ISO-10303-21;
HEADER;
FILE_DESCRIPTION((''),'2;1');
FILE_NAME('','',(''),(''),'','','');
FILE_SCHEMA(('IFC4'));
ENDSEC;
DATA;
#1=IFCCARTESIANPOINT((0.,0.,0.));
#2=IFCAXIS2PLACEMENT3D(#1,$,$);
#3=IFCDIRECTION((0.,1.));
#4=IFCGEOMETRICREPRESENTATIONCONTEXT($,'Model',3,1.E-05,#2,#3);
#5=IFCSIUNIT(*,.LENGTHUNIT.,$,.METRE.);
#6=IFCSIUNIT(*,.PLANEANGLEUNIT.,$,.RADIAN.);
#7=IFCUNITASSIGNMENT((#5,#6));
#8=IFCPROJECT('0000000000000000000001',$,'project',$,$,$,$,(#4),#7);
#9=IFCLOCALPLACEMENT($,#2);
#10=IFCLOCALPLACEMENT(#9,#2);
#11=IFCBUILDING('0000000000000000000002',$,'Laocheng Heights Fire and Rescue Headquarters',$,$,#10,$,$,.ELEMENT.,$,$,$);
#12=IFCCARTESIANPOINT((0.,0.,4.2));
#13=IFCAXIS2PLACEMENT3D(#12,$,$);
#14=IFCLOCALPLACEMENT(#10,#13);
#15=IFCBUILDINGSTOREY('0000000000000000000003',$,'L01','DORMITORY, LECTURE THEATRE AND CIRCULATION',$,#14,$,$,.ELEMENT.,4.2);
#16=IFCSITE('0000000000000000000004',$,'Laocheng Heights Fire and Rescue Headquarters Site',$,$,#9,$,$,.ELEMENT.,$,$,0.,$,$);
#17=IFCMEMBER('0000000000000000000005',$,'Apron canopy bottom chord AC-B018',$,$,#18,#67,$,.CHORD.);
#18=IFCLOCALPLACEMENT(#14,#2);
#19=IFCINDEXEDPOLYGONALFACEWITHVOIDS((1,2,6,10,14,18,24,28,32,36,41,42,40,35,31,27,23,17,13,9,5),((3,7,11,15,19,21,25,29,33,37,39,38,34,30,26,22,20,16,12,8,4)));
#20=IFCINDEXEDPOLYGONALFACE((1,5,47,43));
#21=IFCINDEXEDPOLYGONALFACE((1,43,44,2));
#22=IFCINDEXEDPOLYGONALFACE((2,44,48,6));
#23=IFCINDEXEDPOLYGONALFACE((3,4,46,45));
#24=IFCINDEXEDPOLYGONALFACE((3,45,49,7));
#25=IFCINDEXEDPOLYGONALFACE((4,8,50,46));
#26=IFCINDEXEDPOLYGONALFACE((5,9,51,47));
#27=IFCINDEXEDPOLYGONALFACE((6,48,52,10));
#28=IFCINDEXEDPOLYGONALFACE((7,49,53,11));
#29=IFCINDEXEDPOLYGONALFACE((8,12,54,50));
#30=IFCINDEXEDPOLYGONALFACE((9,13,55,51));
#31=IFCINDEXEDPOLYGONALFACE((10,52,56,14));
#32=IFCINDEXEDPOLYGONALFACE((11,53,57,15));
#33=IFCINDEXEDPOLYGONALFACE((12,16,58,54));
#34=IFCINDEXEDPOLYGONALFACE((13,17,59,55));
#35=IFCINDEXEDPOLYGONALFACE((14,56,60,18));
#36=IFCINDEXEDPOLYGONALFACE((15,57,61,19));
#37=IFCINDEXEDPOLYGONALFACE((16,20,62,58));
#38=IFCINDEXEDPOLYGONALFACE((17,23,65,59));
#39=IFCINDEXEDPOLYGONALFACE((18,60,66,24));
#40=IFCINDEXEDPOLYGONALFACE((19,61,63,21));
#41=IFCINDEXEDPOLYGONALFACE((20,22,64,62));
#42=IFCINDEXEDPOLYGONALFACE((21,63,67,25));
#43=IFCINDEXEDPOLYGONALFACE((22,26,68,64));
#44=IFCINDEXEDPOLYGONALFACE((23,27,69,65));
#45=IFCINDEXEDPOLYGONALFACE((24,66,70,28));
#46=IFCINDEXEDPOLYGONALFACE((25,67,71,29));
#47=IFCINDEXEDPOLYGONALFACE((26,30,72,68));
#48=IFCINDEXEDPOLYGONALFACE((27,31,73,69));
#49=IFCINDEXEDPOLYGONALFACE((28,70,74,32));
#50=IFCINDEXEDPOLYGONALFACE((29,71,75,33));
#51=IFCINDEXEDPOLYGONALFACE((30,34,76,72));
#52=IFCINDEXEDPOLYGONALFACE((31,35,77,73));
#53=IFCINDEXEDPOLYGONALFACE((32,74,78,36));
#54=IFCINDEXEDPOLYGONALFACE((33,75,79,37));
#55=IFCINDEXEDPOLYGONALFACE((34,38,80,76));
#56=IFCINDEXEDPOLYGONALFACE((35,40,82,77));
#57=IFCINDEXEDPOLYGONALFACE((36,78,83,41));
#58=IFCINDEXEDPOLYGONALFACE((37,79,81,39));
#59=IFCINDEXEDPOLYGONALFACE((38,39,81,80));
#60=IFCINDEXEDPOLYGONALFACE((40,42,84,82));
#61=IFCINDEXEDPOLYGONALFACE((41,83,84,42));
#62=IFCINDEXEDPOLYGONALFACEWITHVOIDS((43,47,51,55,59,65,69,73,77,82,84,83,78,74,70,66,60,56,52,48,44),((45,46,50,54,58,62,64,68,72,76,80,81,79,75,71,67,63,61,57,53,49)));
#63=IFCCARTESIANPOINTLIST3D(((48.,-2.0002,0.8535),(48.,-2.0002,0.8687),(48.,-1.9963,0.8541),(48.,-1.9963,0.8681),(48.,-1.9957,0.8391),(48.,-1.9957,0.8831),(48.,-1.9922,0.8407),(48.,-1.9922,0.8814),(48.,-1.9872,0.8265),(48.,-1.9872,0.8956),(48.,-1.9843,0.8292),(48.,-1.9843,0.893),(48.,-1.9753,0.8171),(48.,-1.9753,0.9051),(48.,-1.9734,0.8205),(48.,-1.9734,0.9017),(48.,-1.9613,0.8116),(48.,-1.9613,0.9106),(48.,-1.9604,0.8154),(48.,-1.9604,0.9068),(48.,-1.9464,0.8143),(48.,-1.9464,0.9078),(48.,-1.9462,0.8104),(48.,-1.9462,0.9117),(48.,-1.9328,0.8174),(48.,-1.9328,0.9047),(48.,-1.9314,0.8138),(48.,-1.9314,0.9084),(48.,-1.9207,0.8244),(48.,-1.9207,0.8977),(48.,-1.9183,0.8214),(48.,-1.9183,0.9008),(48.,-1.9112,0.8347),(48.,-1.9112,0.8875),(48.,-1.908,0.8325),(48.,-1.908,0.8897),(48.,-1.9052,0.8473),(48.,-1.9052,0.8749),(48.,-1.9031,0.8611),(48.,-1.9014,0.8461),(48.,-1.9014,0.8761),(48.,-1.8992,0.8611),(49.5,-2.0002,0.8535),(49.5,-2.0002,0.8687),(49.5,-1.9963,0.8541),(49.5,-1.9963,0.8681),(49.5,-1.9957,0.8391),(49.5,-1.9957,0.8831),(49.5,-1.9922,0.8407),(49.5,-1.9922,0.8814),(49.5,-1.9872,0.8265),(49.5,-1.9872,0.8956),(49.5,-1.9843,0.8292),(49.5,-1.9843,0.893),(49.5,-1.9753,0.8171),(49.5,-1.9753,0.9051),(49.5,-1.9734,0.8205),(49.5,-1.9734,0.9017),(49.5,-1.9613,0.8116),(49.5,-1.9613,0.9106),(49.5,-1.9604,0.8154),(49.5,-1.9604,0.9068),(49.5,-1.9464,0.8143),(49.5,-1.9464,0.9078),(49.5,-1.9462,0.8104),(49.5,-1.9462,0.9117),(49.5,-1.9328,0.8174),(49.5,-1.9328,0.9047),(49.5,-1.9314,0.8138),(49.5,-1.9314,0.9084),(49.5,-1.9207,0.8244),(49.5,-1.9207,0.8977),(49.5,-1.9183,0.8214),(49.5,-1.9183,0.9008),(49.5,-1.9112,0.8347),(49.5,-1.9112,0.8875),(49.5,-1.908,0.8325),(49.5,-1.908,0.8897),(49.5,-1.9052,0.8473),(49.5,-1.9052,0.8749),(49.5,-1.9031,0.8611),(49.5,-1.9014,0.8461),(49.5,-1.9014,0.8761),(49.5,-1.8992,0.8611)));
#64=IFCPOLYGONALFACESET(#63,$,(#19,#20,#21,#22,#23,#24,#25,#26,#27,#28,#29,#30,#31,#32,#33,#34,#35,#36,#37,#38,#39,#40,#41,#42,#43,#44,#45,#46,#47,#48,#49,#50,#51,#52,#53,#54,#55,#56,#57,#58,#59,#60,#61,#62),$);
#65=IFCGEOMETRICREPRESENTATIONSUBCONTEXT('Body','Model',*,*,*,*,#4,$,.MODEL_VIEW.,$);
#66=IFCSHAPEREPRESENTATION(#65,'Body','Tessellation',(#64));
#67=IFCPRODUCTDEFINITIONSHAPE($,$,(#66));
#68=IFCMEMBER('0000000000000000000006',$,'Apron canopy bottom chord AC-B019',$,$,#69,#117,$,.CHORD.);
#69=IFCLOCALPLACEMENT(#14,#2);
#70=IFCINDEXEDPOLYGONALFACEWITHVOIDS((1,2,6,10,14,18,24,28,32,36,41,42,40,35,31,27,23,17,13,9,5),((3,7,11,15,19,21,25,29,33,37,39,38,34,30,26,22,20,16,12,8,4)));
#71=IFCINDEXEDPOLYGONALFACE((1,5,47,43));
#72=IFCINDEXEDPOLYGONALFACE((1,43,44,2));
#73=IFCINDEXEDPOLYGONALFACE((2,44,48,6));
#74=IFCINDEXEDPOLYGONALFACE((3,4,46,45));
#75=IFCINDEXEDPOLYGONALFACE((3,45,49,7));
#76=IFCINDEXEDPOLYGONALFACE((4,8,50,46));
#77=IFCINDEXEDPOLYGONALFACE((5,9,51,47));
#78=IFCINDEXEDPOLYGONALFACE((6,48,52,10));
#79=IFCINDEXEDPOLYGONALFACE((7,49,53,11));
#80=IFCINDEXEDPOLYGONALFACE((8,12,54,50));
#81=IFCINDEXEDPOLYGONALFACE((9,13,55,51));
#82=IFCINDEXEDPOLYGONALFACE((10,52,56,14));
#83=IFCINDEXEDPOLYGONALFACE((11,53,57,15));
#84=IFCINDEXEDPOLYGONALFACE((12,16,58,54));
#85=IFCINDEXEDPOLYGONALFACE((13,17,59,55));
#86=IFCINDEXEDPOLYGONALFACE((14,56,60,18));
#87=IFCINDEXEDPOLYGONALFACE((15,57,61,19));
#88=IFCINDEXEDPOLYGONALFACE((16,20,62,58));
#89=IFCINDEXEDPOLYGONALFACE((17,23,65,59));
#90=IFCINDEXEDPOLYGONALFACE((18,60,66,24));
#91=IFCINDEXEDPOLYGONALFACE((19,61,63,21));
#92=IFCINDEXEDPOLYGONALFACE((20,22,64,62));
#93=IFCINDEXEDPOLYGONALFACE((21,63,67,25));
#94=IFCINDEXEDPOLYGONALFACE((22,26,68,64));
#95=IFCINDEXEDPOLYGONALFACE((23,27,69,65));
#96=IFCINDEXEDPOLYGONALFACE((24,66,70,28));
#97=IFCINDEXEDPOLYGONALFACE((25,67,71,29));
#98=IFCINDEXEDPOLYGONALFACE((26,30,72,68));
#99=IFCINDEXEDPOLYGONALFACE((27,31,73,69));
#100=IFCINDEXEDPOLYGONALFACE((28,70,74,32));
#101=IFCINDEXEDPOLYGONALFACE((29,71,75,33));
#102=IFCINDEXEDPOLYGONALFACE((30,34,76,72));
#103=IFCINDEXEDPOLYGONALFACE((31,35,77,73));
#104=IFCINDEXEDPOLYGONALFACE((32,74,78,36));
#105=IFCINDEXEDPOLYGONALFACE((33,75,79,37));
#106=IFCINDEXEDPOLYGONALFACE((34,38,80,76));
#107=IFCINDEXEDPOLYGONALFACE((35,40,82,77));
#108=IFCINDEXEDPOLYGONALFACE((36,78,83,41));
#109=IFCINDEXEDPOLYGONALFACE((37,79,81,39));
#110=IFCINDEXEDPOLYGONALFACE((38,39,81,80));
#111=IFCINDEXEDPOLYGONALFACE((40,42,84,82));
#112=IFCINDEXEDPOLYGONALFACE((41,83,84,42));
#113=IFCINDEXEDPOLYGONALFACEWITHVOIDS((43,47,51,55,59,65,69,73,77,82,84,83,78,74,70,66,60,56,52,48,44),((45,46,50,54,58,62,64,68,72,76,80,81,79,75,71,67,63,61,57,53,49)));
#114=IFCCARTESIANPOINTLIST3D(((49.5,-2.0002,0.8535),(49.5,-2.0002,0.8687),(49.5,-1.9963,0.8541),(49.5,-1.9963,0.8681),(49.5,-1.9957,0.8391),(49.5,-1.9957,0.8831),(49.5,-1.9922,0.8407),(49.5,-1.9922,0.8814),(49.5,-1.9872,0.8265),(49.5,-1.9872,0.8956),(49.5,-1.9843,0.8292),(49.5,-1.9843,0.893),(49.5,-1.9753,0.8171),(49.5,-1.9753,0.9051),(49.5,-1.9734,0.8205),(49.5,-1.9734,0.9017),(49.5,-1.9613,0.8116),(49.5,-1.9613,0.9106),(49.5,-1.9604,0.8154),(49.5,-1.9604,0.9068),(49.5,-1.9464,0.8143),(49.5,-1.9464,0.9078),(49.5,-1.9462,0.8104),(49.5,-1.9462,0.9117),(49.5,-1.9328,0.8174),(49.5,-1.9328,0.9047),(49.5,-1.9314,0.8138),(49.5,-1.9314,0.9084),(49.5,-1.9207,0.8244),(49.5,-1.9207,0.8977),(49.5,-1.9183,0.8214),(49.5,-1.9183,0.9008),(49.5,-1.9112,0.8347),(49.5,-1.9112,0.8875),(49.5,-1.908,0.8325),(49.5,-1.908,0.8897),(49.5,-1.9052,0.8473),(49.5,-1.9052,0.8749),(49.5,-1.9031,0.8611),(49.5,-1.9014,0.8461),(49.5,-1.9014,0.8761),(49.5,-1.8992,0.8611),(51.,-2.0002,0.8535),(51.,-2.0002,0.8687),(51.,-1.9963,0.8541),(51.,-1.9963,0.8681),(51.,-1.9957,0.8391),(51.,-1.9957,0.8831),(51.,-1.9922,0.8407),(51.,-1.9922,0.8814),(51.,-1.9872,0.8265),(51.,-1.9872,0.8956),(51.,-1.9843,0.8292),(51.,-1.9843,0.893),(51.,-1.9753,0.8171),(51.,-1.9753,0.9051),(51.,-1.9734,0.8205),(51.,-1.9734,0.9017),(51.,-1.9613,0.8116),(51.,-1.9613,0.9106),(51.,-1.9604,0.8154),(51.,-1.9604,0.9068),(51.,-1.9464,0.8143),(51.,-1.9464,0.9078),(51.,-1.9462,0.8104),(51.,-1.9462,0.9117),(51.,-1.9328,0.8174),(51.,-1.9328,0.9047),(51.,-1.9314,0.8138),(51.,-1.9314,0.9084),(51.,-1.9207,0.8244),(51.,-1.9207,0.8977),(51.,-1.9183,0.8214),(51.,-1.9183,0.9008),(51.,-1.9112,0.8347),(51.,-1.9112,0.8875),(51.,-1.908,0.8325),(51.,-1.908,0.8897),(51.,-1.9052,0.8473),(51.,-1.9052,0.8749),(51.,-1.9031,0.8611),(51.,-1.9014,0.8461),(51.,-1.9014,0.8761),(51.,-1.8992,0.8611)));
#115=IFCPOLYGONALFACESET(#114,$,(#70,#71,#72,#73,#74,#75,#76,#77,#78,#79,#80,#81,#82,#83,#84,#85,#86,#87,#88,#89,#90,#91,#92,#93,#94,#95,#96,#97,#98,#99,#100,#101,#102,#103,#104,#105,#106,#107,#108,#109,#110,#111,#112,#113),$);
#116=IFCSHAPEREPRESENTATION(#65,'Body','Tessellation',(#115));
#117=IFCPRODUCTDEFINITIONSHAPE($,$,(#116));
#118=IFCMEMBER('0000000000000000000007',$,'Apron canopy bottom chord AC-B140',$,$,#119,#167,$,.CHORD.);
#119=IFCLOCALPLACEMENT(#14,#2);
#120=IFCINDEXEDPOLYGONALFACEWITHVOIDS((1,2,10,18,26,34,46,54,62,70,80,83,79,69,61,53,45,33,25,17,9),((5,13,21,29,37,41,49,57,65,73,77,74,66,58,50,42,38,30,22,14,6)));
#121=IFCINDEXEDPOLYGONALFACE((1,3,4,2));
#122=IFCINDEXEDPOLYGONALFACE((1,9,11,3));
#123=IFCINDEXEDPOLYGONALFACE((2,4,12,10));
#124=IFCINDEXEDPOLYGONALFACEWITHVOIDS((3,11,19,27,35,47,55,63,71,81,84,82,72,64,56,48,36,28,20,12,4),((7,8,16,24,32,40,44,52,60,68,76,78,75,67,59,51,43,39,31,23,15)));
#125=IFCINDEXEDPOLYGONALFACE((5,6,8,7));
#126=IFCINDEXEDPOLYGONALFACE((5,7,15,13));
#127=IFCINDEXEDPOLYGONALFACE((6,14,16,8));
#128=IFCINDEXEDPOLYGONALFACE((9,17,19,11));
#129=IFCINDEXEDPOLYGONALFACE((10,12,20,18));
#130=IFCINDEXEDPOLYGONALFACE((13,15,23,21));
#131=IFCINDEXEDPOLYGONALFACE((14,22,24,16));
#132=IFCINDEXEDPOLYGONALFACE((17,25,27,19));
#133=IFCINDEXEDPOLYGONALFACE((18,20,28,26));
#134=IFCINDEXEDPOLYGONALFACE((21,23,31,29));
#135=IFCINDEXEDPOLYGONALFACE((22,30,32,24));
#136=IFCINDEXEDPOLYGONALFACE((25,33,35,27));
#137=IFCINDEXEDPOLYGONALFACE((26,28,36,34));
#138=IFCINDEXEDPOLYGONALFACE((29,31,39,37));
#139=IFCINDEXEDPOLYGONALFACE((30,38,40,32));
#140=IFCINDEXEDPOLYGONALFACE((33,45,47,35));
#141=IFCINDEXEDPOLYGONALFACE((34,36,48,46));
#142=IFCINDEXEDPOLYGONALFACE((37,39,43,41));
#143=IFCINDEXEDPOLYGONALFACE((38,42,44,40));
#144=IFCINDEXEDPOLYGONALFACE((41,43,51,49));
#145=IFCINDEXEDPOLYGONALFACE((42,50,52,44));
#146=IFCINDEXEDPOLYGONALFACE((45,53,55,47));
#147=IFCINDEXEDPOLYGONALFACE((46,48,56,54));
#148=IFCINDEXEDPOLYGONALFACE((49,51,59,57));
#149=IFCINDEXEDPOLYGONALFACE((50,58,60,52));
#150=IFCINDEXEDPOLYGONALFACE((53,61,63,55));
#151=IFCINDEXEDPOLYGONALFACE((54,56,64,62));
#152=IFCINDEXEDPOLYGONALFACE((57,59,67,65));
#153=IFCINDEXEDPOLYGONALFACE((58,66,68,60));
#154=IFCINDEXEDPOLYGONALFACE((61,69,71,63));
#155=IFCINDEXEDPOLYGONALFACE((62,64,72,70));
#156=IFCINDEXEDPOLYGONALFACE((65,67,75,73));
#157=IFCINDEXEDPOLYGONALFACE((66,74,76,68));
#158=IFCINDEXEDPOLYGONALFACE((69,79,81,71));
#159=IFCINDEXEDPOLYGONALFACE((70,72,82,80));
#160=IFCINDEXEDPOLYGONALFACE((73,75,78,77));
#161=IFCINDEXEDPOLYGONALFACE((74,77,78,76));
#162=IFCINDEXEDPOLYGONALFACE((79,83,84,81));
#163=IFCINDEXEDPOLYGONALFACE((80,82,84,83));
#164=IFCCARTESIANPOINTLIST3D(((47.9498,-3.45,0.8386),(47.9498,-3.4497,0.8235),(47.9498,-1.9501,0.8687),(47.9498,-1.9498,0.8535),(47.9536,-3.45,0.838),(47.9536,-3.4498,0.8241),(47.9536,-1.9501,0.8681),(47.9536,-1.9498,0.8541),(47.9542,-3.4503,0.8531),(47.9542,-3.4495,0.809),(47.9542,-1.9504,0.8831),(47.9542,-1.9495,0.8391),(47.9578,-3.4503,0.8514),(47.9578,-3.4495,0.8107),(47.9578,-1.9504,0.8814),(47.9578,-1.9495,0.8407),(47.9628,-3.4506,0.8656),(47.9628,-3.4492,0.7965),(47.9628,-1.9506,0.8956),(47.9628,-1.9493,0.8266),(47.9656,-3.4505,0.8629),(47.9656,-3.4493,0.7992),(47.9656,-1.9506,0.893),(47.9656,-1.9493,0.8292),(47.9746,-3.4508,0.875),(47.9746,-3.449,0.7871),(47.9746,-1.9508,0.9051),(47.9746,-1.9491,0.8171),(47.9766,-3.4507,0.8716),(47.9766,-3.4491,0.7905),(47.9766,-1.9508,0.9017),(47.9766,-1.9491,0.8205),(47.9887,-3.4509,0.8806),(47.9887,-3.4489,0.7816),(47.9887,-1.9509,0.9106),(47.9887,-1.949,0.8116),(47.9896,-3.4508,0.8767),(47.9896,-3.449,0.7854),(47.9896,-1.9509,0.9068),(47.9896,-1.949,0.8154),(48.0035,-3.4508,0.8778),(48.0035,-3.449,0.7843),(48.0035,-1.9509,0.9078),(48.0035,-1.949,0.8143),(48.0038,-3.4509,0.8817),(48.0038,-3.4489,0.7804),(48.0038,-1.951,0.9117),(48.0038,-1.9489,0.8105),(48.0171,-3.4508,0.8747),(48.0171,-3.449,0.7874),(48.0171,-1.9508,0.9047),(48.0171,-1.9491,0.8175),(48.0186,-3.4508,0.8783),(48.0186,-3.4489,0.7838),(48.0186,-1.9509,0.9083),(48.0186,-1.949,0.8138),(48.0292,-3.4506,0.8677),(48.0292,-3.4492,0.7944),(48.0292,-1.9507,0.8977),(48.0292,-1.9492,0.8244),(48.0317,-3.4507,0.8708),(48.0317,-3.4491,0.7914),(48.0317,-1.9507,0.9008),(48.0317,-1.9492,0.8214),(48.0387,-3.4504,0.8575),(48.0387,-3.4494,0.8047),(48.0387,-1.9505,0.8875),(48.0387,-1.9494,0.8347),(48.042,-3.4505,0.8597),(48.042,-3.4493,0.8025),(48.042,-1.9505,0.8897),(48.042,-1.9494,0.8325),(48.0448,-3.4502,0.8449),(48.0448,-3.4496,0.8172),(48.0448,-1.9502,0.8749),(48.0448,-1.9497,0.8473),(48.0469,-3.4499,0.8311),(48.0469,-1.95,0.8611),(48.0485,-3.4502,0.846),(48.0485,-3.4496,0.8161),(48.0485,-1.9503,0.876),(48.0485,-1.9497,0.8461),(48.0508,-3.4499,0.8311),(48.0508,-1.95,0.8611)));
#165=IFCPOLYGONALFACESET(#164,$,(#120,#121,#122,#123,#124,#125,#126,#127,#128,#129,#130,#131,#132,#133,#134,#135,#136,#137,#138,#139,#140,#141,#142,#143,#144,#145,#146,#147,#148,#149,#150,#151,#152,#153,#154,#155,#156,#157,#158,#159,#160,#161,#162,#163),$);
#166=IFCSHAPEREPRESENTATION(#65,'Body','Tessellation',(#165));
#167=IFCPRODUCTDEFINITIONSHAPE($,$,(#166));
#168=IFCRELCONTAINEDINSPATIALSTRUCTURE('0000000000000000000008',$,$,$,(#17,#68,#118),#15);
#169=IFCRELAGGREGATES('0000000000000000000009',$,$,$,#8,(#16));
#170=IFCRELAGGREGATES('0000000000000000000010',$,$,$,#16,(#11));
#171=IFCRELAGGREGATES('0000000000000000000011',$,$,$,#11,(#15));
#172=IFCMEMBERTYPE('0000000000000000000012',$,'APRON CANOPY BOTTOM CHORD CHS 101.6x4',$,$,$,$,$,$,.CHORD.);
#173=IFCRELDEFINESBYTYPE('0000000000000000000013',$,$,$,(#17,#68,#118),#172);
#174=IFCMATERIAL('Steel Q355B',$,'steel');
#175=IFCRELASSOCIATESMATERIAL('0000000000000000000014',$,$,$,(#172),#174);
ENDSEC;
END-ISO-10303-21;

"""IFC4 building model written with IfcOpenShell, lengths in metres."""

from ifc_helpers import new_model, si_unit, direction, frame, origin, origin_2d, place, context, subcontext, project, spatial, hollow_circle, extrude, material, material_profile, profile_set, type_object, element, save


model = new_model("IFC4")

# Units and contexts
model_context = context("Model", 3, precision=1e-05, world=origin(), true_north=direction((0.0, 1.0)))
body_context = subcontext(model_context, "Body", "Model", "MODEL_VIEW")
ifc_project = project(units=[si_unit("LENGTHUNIT", "METRE"), si_unit("PLANEANGLEUNIT", "RADIAN")], contexts=[model_context])

# Site, building, storey
site_placement = place(None, origin())
site = spatial("IfcSite", under=ifc_project, at=site_placement, Name="Laocheng Heights Fire and Rescue Headquarters Site", CompositionType="ELEMENT", RefElevation=0.0)
building_placement = place(site_placement, origin())
building = spatial("IfcBuilding", under=site, at=building_placement, Name="Laocheng Heights Fire and Rescue Headquarters", CompositionType="ELEMENT")
storey_placement = place(building_placement, frame((0.0, 0.0, 4.2)))
storey = spatial("IfcBuildingStorey", under=building, at=storey_placement, Name="L01", Description="DORMITORY, LECTURE THEATRE AND CIRCULATION", CompositionType="ELEMENT", Elevation=4.2)

# Members
ifc_material_1 = material(Name="Steel Q355B", Category="steel")
ifc_material_profile_1 = material_profile(ifc_material_1, hollow_circle(Radius=0.0508, WallThickness=0.0039, at=origin_2d()), Name="CHS 101.6x4")
ifc_profile_set_1 = profile_set([ifc_material_profile_1], Name="Steel Q355B")
member_type_1 = type_object("IfcMemberType", Name="APRON CANOPY BOTTOM CHORD CHS 101.6x4", PredefinedType="CHORD", material=ifc_profile_set_1)
for number, where, z_axis, x_axis, name in (
    (1, (48.0, -1.95, 0.8611), (1.0, 0.0, 0.0), (0.0, 1.0, 0.0), "Apron canopy bottom chord AC-B018"),
    (2, (49.5, -1.95, 0.8611), (1.0, 0.0, 0.0), (0.0, 1.0, 0.0), "Apron canopy bottom chord AC-B019"),
):
    element("IfcMember", number, at=place(storey_placement, frame(where, z_axis=z_axis, x_axis=x_axis)), inside=storey, type_object=member_type_1, Name=name, PredefinedType="CHORD", context=body_context, shape_type="SweptSolid", body=[
        extrude(hollow_circle(Radius=0.0508, WallThickness=0.0039, at=origin_2d()), origin(), (0.0, 0.0, 1.0), 1.5),
    ])
for number, where, z_axis, x_axis, name in (
    (3, (48.0, -1.95, 0.8611), (0.0, -0.9998, -0.020016), (1.0, 0.0, 0.0), "Apron canopy bottom chord AC-B140"),
):
    element("IfcMember", number, at=place(storey_placement, frame(where, z_axis=z_axis, x_axis=x_axis)), inside=storey, type_object=member_type_1, Name=name, PredefinedType="CHORD", context=body_context, shape_type="SweptSolid", body=[
        extrude(hollow_circle(Radius=0.0508, WallThickness=0.0039, at=origin_2d()), origin(), (0.0, 0.0, 1.0), 1.5002),
    ])

save(model, "model.ifc")
